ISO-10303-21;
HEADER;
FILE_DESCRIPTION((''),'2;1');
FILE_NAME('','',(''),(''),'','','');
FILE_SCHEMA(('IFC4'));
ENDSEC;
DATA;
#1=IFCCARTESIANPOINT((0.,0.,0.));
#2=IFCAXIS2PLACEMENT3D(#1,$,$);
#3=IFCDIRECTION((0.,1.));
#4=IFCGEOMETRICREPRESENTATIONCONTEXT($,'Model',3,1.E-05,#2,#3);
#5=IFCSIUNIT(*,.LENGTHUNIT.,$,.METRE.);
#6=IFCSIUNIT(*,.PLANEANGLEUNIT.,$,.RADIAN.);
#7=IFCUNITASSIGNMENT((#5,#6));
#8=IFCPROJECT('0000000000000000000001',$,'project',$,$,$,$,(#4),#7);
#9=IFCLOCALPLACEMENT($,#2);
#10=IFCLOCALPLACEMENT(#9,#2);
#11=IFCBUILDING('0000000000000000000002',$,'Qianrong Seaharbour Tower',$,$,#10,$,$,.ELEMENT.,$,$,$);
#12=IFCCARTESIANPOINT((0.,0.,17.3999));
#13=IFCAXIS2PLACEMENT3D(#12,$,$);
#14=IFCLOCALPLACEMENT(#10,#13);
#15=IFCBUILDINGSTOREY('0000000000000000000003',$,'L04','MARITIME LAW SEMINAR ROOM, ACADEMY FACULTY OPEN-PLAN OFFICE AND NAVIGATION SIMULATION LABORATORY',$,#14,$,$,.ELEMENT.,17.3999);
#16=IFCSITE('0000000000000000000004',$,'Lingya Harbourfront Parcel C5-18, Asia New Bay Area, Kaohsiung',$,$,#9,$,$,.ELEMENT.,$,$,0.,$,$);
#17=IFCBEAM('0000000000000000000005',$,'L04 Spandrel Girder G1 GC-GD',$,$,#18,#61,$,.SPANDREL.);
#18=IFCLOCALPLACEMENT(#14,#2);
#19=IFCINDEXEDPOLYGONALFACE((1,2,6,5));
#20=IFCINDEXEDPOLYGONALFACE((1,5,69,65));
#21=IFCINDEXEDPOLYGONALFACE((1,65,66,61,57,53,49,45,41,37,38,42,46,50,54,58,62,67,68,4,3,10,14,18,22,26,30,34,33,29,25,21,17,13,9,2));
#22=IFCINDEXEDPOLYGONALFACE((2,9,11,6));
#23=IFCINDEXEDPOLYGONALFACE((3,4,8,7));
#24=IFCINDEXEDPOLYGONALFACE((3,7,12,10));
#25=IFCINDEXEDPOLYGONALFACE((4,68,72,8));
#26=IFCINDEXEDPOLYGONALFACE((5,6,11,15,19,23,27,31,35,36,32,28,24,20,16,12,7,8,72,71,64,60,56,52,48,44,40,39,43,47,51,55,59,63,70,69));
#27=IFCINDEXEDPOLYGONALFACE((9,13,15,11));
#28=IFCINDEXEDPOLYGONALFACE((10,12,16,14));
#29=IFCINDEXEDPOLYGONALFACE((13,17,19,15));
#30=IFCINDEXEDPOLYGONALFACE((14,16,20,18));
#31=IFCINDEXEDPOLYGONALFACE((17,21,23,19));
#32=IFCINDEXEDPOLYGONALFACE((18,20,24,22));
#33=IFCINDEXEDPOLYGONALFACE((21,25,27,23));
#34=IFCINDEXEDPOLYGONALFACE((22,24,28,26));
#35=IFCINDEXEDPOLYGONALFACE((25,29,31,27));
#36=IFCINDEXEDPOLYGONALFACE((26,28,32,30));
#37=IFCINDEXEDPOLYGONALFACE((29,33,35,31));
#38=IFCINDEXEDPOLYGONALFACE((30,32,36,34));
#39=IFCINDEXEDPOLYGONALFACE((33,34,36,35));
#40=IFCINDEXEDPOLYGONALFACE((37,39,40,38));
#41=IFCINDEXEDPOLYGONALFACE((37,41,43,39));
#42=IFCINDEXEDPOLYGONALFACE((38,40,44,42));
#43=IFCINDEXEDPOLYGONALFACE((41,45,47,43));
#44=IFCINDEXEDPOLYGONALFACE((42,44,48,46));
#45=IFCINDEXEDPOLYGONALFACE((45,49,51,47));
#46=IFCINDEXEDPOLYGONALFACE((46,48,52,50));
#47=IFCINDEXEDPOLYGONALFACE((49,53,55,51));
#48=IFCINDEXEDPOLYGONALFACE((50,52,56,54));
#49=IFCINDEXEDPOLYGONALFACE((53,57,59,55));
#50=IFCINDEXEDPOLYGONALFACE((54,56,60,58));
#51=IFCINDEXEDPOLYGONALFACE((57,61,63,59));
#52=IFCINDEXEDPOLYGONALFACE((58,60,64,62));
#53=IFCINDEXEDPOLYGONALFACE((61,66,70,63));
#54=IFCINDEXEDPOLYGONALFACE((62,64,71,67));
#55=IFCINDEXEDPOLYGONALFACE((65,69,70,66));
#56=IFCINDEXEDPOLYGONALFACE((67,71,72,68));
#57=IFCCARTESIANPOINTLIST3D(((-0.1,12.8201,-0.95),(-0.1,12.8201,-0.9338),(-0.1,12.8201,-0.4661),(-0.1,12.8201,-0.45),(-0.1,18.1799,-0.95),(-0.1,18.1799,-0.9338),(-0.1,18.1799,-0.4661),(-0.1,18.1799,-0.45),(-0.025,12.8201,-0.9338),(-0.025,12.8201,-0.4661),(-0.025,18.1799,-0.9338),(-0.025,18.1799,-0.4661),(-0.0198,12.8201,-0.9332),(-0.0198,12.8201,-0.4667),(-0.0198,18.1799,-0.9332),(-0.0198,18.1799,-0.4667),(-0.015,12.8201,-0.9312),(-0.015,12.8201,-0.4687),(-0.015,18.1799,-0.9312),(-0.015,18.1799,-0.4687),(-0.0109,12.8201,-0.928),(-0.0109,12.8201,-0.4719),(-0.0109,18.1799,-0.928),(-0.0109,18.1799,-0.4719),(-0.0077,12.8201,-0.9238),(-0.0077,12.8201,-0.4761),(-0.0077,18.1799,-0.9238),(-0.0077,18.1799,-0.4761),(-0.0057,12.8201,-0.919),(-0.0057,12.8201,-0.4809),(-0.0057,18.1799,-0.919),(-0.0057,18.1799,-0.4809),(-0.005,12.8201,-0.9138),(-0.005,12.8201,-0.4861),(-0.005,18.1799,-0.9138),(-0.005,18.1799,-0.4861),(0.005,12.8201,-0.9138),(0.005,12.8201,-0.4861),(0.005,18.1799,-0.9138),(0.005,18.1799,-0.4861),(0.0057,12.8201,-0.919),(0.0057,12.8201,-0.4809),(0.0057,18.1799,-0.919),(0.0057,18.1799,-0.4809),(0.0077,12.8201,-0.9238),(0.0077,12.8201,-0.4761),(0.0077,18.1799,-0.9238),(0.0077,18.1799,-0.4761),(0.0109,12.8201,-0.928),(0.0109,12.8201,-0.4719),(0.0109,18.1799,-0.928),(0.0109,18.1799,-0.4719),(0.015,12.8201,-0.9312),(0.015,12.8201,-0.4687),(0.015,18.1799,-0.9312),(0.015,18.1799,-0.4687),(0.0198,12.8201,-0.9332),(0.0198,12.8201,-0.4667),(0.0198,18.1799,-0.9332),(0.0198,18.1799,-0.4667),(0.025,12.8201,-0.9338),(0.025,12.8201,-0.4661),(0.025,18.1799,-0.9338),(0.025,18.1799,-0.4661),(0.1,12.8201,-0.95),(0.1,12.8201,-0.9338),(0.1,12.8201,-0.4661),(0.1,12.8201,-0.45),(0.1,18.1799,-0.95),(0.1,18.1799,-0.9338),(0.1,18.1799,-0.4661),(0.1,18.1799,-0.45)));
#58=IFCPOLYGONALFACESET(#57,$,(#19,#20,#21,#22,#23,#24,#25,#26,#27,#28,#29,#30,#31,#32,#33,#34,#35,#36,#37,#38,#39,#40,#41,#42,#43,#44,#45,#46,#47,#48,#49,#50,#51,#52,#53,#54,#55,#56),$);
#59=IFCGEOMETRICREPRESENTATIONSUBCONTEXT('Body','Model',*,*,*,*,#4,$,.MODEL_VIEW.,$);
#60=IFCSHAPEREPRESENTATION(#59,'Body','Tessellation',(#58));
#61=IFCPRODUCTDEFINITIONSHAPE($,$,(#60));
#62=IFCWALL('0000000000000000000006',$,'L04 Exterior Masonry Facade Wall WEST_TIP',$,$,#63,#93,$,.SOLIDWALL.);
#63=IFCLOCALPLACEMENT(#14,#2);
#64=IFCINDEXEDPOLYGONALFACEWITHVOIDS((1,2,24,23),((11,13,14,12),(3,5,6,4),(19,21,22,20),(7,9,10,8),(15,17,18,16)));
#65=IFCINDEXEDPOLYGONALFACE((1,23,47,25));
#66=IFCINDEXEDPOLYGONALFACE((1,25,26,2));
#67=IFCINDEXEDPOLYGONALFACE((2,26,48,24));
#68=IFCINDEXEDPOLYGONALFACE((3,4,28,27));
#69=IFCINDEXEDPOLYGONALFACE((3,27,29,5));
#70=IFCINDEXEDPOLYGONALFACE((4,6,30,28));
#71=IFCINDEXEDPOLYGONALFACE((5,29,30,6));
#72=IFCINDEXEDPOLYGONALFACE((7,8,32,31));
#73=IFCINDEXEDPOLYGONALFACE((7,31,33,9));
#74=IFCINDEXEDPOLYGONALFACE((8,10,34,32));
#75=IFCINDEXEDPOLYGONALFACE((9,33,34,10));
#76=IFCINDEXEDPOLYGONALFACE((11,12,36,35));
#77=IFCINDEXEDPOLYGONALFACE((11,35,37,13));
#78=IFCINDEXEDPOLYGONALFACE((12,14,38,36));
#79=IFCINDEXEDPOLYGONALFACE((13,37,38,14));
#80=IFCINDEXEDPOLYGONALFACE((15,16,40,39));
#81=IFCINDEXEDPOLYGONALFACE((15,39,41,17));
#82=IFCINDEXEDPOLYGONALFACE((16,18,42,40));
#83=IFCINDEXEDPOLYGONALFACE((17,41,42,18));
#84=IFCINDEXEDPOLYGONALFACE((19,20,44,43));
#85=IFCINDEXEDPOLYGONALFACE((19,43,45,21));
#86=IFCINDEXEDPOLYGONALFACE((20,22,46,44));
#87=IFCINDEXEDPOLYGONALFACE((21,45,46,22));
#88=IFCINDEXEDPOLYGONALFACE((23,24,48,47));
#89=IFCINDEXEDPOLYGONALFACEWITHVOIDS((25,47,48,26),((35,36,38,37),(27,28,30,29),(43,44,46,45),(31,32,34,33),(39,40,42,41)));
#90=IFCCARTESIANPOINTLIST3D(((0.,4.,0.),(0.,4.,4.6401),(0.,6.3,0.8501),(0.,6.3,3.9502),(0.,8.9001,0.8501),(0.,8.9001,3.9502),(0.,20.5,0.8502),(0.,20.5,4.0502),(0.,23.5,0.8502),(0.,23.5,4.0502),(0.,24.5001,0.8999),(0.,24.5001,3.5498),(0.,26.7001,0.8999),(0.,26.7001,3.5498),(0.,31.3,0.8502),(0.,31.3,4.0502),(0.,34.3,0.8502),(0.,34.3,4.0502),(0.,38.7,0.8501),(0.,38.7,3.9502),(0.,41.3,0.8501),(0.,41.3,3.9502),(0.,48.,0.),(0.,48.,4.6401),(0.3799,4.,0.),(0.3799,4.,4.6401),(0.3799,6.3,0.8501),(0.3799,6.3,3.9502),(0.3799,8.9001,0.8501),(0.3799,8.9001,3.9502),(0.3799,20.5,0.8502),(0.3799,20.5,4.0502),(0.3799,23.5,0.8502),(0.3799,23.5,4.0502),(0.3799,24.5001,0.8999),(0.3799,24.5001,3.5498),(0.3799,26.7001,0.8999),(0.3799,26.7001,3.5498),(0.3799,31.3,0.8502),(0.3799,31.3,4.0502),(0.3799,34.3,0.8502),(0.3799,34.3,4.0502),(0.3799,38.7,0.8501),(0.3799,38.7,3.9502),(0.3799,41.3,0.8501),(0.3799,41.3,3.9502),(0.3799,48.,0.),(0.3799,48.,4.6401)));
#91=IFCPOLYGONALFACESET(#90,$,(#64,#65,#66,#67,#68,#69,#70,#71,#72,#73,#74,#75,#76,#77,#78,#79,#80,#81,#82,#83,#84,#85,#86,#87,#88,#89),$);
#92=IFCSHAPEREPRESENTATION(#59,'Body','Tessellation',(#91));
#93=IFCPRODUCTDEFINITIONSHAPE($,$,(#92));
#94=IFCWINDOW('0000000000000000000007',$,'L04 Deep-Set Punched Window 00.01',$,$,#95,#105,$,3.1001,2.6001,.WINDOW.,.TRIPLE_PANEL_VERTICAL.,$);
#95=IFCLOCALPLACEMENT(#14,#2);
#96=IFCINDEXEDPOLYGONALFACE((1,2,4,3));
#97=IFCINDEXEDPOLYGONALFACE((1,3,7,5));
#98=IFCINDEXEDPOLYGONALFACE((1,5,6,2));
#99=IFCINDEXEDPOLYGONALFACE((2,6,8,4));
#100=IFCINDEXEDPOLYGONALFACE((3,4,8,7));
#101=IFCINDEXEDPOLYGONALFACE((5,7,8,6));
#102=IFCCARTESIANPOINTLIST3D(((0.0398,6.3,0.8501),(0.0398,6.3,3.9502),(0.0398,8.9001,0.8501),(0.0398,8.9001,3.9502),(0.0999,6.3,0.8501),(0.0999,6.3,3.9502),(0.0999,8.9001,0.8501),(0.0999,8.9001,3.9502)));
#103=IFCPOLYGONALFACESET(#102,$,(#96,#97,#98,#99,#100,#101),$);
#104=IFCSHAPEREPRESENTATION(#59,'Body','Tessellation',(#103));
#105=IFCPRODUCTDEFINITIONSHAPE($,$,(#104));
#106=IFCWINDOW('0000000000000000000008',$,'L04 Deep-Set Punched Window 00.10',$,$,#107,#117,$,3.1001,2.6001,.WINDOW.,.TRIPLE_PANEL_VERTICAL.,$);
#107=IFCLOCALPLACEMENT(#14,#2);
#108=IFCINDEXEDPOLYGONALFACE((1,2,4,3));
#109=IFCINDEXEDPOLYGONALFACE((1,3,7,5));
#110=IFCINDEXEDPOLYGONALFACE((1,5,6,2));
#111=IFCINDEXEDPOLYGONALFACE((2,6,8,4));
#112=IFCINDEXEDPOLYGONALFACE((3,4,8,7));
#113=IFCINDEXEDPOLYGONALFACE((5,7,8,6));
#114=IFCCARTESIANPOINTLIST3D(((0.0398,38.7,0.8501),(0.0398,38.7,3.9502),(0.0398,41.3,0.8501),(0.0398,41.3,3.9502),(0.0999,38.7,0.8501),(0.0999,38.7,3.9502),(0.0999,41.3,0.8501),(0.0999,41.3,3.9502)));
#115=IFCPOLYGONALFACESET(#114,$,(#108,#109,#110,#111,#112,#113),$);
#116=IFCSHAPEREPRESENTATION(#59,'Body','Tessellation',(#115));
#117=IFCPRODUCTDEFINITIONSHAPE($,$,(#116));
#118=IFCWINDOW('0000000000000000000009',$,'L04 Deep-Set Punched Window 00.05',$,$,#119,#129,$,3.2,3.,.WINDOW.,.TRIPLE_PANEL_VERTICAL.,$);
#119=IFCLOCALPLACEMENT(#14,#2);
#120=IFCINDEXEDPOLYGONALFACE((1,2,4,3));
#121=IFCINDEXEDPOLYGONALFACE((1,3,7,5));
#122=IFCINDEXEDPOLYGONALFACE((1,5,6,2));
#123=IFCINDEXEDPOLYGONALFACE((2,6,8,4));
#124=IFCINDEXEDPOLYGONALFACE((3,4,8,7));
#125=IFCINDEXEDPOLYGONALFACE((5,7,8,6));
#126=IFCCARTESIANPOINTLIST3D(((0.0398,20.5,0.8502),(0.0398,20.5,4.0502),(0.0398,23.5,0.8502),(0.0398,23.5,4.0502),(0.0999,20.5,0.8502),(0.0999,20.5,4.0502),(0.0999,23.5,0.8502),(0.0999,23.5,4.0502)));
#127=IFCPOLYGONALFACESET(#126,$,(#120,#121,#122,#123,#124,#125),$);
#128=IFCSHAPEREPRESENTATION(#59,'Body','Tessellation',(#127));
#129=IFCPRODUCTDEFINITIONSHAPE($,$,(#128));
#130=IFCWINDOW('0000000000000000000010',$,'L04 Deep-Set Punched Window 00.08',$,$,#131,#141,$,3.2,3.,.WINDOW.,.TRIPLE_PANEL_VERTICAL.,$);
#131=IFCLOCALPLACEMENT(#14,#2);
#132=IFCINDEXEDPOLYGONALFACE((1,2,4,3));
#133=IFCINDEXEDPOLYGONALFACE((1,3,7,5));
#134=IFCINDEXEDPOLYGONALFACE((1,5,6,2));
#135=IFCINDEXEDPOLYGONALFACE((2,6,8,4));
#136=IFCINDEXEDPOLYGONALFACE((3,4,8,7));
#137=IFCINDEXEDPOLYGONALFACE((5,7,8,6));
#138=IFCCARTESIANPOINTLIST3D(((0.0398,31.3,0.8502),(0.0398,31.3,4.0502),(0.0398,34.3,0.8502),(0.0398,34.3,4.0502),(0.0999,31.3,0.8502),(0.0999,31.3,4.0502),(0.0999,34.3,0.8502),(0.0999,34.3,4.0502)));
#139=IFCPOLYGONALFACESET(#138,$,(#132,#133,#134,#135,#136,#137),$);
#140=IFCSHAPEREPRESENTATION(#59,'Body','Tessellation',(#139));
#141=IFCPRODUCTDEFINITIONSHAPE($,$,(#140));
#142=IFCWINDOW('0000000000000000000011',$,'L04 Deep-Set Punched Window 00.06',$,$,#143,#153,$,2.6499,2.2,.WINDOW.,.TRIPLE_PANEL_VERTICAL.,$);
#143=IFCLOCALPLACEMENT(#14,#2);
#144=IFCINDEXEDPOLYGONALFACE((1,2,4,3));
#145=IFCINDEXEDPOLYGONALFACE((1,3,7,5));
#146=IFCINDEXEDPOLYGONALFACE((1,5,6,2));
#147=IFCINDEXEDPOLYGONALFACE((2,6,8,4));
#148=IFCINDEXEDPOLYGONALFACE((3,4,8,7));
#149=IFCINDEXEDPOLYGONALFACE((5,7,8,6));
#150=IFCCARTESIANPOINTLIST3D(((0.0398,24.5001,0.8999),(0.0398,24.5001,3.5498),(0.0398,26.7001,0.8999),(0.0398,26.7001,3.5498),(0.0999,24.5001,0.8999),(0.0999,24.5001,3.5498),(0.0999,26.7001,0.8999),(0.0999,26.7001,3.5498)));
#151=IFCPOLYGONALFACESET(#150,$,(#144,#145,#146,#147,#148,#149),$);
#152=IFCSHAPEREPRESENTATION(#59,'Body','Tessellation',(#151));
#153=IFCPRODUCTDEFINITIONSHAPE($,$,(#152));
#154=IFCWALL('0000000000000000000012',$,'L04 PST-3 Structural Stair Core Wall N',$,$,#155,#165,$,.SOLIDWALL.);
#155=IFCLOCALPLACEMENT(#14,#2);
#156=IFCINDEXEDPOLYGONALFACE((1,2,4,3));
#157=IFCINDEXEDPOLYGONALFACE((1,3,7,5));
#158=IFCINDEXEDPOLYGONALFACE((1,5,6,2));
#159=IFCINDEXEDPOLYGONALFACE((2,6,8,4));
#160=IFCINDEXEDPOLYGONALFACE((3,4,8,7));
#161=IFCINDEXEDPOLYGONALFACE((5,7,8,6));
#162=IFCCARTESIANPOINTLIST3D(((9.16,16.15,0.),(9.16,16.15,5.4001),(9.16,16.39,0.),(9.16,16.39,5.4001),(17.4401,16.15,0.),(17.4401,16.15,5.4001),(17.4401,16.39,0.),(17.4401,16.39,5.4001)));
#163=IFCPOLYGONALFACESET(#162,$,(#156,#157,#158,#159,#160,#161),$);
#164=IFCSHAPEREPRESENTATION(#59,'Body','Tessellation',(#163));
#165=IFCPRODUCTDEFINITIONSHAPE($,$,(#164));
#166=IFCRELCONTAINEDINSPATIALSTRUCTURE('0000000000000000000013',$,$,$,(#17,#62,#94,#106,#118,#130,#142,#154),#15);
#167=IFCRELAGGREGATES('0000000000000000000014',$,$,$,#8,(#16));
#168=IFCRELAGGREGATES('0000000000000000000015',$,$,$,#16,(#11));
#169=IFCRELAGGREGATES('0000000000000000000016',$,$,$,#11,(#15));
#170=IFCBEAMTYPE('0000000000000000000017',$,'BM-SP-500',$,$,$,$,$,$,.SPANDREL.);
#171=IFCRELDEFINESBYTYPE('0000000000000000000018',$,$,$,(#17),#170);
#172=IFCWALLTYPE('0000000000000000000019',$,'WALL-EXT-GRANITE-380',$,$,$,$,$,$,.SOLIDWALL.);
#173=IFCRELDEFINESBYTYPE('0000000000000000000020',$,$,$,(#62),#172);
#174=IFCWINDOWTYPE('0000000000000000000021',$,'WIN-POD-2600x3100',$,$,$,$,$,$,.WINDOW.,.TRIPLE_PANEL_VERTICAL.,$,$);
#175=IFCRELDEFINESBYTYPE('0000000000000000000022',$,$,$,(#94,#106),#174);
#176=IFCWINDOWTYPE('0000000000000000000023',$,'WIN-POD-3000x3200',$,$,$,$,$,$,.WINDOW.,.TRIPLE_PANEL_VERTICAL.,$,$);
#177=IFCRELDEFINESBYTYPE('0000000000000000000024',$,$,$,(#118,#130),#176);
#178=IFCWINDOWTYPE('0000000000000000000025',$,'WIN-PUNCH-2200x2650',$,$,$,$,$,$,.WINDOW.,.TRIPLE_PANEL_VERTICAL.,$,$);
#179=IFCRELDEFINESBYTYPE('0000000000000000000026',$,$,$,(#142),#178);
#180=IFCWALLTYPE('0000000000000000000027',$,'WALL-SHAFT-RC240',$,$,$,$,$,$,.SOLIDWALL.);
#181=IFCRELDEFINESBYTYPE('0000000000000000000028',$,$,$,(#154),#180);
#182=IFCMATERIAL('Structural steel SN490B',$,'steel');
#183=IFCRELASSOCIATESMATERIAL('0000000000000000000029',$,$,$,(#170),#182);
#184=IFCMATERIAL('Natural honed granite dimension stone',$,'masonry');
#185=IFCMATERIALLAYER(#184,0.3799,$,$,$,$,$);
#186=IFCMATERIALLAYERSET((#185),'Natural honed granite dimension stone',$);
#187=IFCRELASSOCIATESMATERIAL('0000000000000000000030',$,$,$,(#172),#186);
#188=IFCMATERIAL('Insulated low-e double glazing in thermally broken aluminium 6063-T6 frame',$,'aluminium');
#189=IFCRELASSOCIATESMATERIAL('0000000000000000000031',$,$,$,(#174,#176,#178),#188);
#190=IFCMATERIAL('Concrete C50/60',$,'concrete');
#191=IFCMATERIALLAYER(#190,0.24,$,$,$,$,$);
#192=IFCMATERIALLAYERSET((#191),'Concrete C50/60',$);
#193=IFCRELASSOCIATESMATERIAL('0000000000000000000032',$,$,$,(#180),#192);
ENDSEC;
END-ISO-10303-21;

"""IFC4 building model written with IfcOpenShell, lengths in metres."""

from ifc_helpers import new_model, si_unit, direction, frame, frame_2d, origin, origin_2d, place, context, subcontext, project, spatial, rectangle, i_section, extrude, material, layer, layer_set, material_profile, profile_set, type_object, element, fill, save


model = new_model("IFC4")

# Units and contexts
model_context = context("Model", 3, precision=1e-05, world=origin(), true_north=direction((0.0, 1.0)))
body_context = subcontext(model_context, "Body", "Model", "MODEL_VIEW")
ifc_project = project(units=[si_unit("LENGTHUNIT", "METRE"), si_unit("PLANEANGLEUNIT", "RADIAN")], contexts=[model_context])

# Site, building, storey
site_placement = place(None, origin())
site = spatial("IfcSite", under=ifc_project, at=site_placement, Name="Lingya Harbourfront Parcel C5-18, Asia New Bay Area, Kaohsiung", CompositionType="ELEMENT", RefElevation=0.0)
building_placement = place(site_placement, origin())
building = spatial("IfcBuilding", under=site, at=building_placement, Name="Qianrong Seaharbour Tower", CompositionType="ELEMENT")
storey_placement = place(building_placement, frame((0.0, 0.0, 17.3999)))
storey = spatial("IfcBuildingStorey", under=building, at=storey_placement, Name="L04", Description="MARITIME LAW SEMINAR ROOM, ACADEMY FACULTY OPEN-PLAN OFFICE AND NAVIGATION SIMULATION LABORATORY", CompositionType="ELEMENT", Elevation=17.3999)

# Shared definitions
ifc_material_1 = material(Name="Structural steel SN490B", Category="steel")

# Beam
ifc_material_profile_1 = material_profile(ifc_material_1, i_section(OverallWidth=0.2, OverallDepth=0.5, WebThickness=0.01, FlangeThickness=0.0161, FilletRadius=0.02, at=origin_2d()), Name="H500x200x10x16")
ifc_profile_set_1 = profile_set([ifc_material_profile_1], Name="Structural steel SN490B")
beam_type_1 = type_object("IfcBeamType", Name="BM-SP-500", PredefinedType="SPANDREL", material=ifc_profile_set_1)
beam_1_placement = place(storey_placement, frame((0.0, 12.8201, -0.7), z_axis=(0.0, 1.0, 0.0), x_axis=(-1.0, 0.0, 0.0)))
element("IfcBeam", 1, at=beam_1_placement, inside=storey, type_object=beam_type_1, Name="L04 Spandrel Girder G1 GC-GD", PredefinedType="SPANDREL", context=body_context, shape_type="SweptSolid", body=[
    extrude(i_section(OverallWidth=0.2, OverallDepth=0.5, WebThickness=0.01, FlangeThickness=0.0161, FilletRadius=0.02, at=origin_2d()), origin(), (0.0, 0.0, 1.0), 5.3599),
])

# Wall, openings, windows
ifc_material_2 = material(Name="Natural honed granite dimension stone", Category="masonry")
ifc_layer_1 = layer(ifc_material_2, 0.3799)
ifc_layer_set_1 = layer_set([ifc_layer_1], Name="Natural honed granite dimension stone")
wall_type_1 = type_object("IfcWallType", Name="WALL-EXT-GRANITE-380", PredefinedType="SOLIDWALL", material=ifc_layer_set_1)
wall_1_placement = place(storey_placement, frame((0.1899, 4.0, 0.0), z_axis=(0.0, 0.0, 1.0), x_axis=(0.0, 1.0, 0.0)))
wall_1 = element("IfcWall", 2, at=wall_1_placement, inside=storey, type_object=wall_type_1, Name="L04 Exterior Masonry Facade Wall WEST_TIP", PredefinedType="SOLIDWALL", context=body_context, shape_type="SweptSolid", body=[
    extrude(rectangle(XDim=44.0, YDim=0.3799, at=frame_2d((22.0, 0.0))), origin(), (0.0, 0.0, 1.0), 4.6401),
])
opening_1_placement = place(wall_1_placement, frame((2.3, 0.0, 0.8501)))
opening_1 = element("IfcOpeningElement", 3, at=opening_1_placement, cuts=wall_1, PredefinedType="OPENING", context=body_context, shape_type="SweptSolid", body=[
    extrude(rectangle(XDim=2.6001, YDim=3.1001, at=frame_2d((1.3, 1.55))), frame((0.0, 0.2, 0.0), z_axis=(0.0, -1.0, 0.0), x_axis=(1.0, 0.0, 0.0)), (0.0, 0.0, 1.0), 0.3999),
])
opening_2_placement = place(wall_1_placement, frame((16.5, 0.0, 0.8501)))
opening_2 = element("IfcOpeningElement", 4, at=opening_2_placement, cuts=wall_1, PredefinedType="OPENING", context=body_context, shape_type="SweptSolid", body=[
    extrude(rectangle(XDim=3.0, YDim=3.2, at=frame_2d((1.5, 1.6001))), frame((0.0, 0.2, 0.0), z_axis=(0.0, -1.0, 0.0), x_axis=(1.0, 0.0, 0.0)), (0.0, 0.0, 1.0), 0.3999),
])
opening_3_placement = place(wall_1_placement, frame((20.5, 0.0, 0.8999)))
opening_3 = element("IfcOpeningElement", 5, at=opening_3_placement, cuts=wall_1, PredefinedType="OPENING", context=body_context, shape_type="SweptSolid", body=[
    extrude(rectangle(XDim=2.2, YDim=2.6499, at=frame_2d((1.1001, 1.325))), frame((0.0, 0.2, 0.0), z_axis=(0.0, -1.0, 0.0), x_axis=(1.0, 0.0, 0.0)), (0.0, 0.0, 1.0), 0.3999),
])
opening_4_placement = place(wall_1_placement, frame((27.3, 0.0, 0.8501)))
opening_4 = element("IfcOpeningElement", 6, at=opening_4_placement, cuts=wall_1, PredefinedType="OPENING", context=body_context, shape_type="SweptSolid", body=[
    extrude(rectangle(XDim=3.0, YDim=3.2, at=frame_2d((1.5, 1.6001))), frame((0.0, 0.2, 0.0), z_axis=(0.0, -1.0, 0.0), x_axis=(1.0, 0.0, 0.0)), (0.0, 0.0, 1.0), 0.3999),
])
opening_5_placement = place(wall_1_placement, frame((34.7, 0.0, 0.8501)))
opening_5 = element("IfcOpeningElement", 7, at=opening_5_placement, cuts=wall_1, PredefinedType="OPENING", context=body_context, shape_type="SweptSolid", body=[
    extrude(rectangle(XDim=2.6001, YDim=3.1001, at=frame_2d((1.3, 1.55))), frame((0.0, 0.2, 0.0), z_axis=(0.0, -1.0, 0.0), x_axis=(1.0, 0.0, 0.0)), (0.0, 0.0, 1.0), 0.3999),
])
ifc_material_3 = material(Name="Insulated low-e double glazing in thermally broken aluminium 6063-T6 frame", Category="aluminium")
window_type_1 = type_object("IfcWindowType", Name="WIN-POD-2600x3100", PartitioningType="TRIPLE_PANEL_VERTICAL", PredefinedType="WINDOW", material=ifc_material_3)
window_1_placement = place(opening_1_placement, origin())
window_1 = element("IfcWindow", 8, at=window_1_placement, inside=storey, type_object=window_type_1, Name="L04 Deep-Set Punched Window 00.01", OverallHeight=3.1001, OverallWidth=2.6001, PartitioningType="TRIPLE_PANEL_VERTICAL", PredefinedType="WINDOW", context=body_context, shape_type="SweptSolid", body=[
    extrude(rectangle(XDim=2.6001, YDim=3.1001, at=frame_2d((1.3, 1.55))), frame((0.0, 0.1501, 0.0), z_axis=(0.0, -1.0, 0.0), x_axis=(1.0, 0.0, 0.0)), (0.0, 0.0, 1.0), 0.0601),
])
fill(opening_1, window_1)
window_2_placement = place(opening_5_placement, origin())
window_2 = element("IfcWindow", 9, at=window_2_placement, inside=storey, type_object=window_type_1, Name="L04 Deep-Set Punched Window 00.10", OverallHeight=3.1001, OverallWidth=2.6001, PartitioningType="TRIPLE_PANEL_VERTICAL", PredefinedType="WINDOW", context=body_context, shape_type="SweptSolid", body=[
    extrude(rectangle(XDim=2.6001, YDim=3.1001, at=frame_2d((1.3, 1.55))), frame((0.0, 0.1501, 0.0), z_axis=(0.0, -1.0, 0.0), x_axis=(1.0, 0.0, 0.0)), (0.0, 0.0, 1.0), 0.0601),
])
fill(opening_5, window_2)
window_type_2 = type_object("IfcWindowType", Name="WIN-POD-3000x3200", PartitioningType="TRIPLE_PANEL_VERTICAL", PredefinedType="WINDOW", material=ifc_material_3)
window_3_placement = place(opening_2_placement, origin())
window_3 = element("IfcWindow", 10, at=window_3_placement, inside=storey, type_object=window_type_2, Name="L04 Deep-Set Punched Window 00.05", OverallHeight=3.2, OverallWidth=3.0, PartitioningType="TRIPLE_PANEL_VERTICAL", PredefinedType="WINDOW", context=body_context, shape_type="SweptSolid", body=[
    extrude(rectangle(XDim=3.0, YDim=3.2, at=frame_2d((1.5, 1.6001))), frame((0.0, 0.1501, 0.0), z_axis=(0.0, -1.0, 0.0), x_axis=(1.0, 0.0, 0.0)), (0.0, 0.0, 1.0), 0.0601),
])
fill(opening_2, window_3)
window_4_placement = place(opening_4_placement, origin())
window_4 = element("IfcWindow", 11, at=window_4_placement, inside=storey, type_object=window_type_2, Name="L04 Deep-Set Punched Window 00.08", OverallHeight=3.2, OverallWidth=3.0, PartitioningType="TRIPLE_PANEL_VERTICAL", PredefinedType="WINDOW", context=body_context, shape_type="SweptSolid", body=[
    extrude(rectangle(XDim=3.0, YDim=3.2, at=frame_2d((1.5, 1.6001))), frame((0.0, 0.1501, 0.0), z_axis=(0.0, -1.0, 0.0), x_axis=(1.0, 0.0, 0.0)), (0.0, 0.0, 1.0), 0.0601),
])
fill(opening_4, window_4)
window_type_3 = type_object("IfcWindowType", Name="WIN-PUNCH-2200x2650", PartitioningType="TRIPLE_PANEL_VERTICAL", PredefinedType="WINDOW", material=ifc_material_3)
window_5_placement = place(opening_3_placement, origin())
window_5 = element("IfcWindow", 12, at=window_5_placement, inside=storey, type_object=window_type_3, Name="L04 Deep-Set Punched Window 00.06", OverallHeight=2.6499, OverallWidth=2.2, PartitioningType="TRIPLE_PANEL_VERTICAL", PredefinedType="WINDOW", context=body_context, shape_type="SweptSolid", body=[
    extrude(rectangle(XDim=2.2, YDim=2.6499, at=frame_2d((1.1001, 1.325))), frame((0.0, 0.1501, 0.0), z_axis=(0.0, -1.0, 0.0), x_axis=(1.0, 0.0, 0.0)), (0.0, 0.0, 1.0), 0.0601),
])
fill(opening_3, window_5)

# Wall
ifc_material_4 = material(Name="Concrete C50/60", Category="concrete")
ifc_layer_2 = layer(ifc_material_4, 0.24)
ifc_layer_set_2 = layer_set([ifc_layer_2], Name="Concrete C50/60")
wall_type_2 = type_object("IfcWallType", Name="WALL-SHAFT-RC240", PredefinedType="SOLIDWALL", material=ifc_layer_set_2)
wall_2_placement = place(storey_placement, frame((9.1599, 16.27, 0.0), z_axis=(0.0, 0.0, 1.0), x_axis=(1.0, 0.0, 0.0)))
element("IfcWall", 13, at=wall_2_placement, inside=storey, type_object=wall_type_2, Name="L04 PST-3 Structural Stair Core Wall N", PredefinedType="SOLIDWALL", context=body_context, shape_type="SweptSolid", body=[
    extrude(rectangle(XDim=8.28, YDim=0.24, at=frame_2d((4.1401, 0.0))), origin(), (0.0, 0.0, 1.0), 5.4001),
])

save(model, "model.ifc")
